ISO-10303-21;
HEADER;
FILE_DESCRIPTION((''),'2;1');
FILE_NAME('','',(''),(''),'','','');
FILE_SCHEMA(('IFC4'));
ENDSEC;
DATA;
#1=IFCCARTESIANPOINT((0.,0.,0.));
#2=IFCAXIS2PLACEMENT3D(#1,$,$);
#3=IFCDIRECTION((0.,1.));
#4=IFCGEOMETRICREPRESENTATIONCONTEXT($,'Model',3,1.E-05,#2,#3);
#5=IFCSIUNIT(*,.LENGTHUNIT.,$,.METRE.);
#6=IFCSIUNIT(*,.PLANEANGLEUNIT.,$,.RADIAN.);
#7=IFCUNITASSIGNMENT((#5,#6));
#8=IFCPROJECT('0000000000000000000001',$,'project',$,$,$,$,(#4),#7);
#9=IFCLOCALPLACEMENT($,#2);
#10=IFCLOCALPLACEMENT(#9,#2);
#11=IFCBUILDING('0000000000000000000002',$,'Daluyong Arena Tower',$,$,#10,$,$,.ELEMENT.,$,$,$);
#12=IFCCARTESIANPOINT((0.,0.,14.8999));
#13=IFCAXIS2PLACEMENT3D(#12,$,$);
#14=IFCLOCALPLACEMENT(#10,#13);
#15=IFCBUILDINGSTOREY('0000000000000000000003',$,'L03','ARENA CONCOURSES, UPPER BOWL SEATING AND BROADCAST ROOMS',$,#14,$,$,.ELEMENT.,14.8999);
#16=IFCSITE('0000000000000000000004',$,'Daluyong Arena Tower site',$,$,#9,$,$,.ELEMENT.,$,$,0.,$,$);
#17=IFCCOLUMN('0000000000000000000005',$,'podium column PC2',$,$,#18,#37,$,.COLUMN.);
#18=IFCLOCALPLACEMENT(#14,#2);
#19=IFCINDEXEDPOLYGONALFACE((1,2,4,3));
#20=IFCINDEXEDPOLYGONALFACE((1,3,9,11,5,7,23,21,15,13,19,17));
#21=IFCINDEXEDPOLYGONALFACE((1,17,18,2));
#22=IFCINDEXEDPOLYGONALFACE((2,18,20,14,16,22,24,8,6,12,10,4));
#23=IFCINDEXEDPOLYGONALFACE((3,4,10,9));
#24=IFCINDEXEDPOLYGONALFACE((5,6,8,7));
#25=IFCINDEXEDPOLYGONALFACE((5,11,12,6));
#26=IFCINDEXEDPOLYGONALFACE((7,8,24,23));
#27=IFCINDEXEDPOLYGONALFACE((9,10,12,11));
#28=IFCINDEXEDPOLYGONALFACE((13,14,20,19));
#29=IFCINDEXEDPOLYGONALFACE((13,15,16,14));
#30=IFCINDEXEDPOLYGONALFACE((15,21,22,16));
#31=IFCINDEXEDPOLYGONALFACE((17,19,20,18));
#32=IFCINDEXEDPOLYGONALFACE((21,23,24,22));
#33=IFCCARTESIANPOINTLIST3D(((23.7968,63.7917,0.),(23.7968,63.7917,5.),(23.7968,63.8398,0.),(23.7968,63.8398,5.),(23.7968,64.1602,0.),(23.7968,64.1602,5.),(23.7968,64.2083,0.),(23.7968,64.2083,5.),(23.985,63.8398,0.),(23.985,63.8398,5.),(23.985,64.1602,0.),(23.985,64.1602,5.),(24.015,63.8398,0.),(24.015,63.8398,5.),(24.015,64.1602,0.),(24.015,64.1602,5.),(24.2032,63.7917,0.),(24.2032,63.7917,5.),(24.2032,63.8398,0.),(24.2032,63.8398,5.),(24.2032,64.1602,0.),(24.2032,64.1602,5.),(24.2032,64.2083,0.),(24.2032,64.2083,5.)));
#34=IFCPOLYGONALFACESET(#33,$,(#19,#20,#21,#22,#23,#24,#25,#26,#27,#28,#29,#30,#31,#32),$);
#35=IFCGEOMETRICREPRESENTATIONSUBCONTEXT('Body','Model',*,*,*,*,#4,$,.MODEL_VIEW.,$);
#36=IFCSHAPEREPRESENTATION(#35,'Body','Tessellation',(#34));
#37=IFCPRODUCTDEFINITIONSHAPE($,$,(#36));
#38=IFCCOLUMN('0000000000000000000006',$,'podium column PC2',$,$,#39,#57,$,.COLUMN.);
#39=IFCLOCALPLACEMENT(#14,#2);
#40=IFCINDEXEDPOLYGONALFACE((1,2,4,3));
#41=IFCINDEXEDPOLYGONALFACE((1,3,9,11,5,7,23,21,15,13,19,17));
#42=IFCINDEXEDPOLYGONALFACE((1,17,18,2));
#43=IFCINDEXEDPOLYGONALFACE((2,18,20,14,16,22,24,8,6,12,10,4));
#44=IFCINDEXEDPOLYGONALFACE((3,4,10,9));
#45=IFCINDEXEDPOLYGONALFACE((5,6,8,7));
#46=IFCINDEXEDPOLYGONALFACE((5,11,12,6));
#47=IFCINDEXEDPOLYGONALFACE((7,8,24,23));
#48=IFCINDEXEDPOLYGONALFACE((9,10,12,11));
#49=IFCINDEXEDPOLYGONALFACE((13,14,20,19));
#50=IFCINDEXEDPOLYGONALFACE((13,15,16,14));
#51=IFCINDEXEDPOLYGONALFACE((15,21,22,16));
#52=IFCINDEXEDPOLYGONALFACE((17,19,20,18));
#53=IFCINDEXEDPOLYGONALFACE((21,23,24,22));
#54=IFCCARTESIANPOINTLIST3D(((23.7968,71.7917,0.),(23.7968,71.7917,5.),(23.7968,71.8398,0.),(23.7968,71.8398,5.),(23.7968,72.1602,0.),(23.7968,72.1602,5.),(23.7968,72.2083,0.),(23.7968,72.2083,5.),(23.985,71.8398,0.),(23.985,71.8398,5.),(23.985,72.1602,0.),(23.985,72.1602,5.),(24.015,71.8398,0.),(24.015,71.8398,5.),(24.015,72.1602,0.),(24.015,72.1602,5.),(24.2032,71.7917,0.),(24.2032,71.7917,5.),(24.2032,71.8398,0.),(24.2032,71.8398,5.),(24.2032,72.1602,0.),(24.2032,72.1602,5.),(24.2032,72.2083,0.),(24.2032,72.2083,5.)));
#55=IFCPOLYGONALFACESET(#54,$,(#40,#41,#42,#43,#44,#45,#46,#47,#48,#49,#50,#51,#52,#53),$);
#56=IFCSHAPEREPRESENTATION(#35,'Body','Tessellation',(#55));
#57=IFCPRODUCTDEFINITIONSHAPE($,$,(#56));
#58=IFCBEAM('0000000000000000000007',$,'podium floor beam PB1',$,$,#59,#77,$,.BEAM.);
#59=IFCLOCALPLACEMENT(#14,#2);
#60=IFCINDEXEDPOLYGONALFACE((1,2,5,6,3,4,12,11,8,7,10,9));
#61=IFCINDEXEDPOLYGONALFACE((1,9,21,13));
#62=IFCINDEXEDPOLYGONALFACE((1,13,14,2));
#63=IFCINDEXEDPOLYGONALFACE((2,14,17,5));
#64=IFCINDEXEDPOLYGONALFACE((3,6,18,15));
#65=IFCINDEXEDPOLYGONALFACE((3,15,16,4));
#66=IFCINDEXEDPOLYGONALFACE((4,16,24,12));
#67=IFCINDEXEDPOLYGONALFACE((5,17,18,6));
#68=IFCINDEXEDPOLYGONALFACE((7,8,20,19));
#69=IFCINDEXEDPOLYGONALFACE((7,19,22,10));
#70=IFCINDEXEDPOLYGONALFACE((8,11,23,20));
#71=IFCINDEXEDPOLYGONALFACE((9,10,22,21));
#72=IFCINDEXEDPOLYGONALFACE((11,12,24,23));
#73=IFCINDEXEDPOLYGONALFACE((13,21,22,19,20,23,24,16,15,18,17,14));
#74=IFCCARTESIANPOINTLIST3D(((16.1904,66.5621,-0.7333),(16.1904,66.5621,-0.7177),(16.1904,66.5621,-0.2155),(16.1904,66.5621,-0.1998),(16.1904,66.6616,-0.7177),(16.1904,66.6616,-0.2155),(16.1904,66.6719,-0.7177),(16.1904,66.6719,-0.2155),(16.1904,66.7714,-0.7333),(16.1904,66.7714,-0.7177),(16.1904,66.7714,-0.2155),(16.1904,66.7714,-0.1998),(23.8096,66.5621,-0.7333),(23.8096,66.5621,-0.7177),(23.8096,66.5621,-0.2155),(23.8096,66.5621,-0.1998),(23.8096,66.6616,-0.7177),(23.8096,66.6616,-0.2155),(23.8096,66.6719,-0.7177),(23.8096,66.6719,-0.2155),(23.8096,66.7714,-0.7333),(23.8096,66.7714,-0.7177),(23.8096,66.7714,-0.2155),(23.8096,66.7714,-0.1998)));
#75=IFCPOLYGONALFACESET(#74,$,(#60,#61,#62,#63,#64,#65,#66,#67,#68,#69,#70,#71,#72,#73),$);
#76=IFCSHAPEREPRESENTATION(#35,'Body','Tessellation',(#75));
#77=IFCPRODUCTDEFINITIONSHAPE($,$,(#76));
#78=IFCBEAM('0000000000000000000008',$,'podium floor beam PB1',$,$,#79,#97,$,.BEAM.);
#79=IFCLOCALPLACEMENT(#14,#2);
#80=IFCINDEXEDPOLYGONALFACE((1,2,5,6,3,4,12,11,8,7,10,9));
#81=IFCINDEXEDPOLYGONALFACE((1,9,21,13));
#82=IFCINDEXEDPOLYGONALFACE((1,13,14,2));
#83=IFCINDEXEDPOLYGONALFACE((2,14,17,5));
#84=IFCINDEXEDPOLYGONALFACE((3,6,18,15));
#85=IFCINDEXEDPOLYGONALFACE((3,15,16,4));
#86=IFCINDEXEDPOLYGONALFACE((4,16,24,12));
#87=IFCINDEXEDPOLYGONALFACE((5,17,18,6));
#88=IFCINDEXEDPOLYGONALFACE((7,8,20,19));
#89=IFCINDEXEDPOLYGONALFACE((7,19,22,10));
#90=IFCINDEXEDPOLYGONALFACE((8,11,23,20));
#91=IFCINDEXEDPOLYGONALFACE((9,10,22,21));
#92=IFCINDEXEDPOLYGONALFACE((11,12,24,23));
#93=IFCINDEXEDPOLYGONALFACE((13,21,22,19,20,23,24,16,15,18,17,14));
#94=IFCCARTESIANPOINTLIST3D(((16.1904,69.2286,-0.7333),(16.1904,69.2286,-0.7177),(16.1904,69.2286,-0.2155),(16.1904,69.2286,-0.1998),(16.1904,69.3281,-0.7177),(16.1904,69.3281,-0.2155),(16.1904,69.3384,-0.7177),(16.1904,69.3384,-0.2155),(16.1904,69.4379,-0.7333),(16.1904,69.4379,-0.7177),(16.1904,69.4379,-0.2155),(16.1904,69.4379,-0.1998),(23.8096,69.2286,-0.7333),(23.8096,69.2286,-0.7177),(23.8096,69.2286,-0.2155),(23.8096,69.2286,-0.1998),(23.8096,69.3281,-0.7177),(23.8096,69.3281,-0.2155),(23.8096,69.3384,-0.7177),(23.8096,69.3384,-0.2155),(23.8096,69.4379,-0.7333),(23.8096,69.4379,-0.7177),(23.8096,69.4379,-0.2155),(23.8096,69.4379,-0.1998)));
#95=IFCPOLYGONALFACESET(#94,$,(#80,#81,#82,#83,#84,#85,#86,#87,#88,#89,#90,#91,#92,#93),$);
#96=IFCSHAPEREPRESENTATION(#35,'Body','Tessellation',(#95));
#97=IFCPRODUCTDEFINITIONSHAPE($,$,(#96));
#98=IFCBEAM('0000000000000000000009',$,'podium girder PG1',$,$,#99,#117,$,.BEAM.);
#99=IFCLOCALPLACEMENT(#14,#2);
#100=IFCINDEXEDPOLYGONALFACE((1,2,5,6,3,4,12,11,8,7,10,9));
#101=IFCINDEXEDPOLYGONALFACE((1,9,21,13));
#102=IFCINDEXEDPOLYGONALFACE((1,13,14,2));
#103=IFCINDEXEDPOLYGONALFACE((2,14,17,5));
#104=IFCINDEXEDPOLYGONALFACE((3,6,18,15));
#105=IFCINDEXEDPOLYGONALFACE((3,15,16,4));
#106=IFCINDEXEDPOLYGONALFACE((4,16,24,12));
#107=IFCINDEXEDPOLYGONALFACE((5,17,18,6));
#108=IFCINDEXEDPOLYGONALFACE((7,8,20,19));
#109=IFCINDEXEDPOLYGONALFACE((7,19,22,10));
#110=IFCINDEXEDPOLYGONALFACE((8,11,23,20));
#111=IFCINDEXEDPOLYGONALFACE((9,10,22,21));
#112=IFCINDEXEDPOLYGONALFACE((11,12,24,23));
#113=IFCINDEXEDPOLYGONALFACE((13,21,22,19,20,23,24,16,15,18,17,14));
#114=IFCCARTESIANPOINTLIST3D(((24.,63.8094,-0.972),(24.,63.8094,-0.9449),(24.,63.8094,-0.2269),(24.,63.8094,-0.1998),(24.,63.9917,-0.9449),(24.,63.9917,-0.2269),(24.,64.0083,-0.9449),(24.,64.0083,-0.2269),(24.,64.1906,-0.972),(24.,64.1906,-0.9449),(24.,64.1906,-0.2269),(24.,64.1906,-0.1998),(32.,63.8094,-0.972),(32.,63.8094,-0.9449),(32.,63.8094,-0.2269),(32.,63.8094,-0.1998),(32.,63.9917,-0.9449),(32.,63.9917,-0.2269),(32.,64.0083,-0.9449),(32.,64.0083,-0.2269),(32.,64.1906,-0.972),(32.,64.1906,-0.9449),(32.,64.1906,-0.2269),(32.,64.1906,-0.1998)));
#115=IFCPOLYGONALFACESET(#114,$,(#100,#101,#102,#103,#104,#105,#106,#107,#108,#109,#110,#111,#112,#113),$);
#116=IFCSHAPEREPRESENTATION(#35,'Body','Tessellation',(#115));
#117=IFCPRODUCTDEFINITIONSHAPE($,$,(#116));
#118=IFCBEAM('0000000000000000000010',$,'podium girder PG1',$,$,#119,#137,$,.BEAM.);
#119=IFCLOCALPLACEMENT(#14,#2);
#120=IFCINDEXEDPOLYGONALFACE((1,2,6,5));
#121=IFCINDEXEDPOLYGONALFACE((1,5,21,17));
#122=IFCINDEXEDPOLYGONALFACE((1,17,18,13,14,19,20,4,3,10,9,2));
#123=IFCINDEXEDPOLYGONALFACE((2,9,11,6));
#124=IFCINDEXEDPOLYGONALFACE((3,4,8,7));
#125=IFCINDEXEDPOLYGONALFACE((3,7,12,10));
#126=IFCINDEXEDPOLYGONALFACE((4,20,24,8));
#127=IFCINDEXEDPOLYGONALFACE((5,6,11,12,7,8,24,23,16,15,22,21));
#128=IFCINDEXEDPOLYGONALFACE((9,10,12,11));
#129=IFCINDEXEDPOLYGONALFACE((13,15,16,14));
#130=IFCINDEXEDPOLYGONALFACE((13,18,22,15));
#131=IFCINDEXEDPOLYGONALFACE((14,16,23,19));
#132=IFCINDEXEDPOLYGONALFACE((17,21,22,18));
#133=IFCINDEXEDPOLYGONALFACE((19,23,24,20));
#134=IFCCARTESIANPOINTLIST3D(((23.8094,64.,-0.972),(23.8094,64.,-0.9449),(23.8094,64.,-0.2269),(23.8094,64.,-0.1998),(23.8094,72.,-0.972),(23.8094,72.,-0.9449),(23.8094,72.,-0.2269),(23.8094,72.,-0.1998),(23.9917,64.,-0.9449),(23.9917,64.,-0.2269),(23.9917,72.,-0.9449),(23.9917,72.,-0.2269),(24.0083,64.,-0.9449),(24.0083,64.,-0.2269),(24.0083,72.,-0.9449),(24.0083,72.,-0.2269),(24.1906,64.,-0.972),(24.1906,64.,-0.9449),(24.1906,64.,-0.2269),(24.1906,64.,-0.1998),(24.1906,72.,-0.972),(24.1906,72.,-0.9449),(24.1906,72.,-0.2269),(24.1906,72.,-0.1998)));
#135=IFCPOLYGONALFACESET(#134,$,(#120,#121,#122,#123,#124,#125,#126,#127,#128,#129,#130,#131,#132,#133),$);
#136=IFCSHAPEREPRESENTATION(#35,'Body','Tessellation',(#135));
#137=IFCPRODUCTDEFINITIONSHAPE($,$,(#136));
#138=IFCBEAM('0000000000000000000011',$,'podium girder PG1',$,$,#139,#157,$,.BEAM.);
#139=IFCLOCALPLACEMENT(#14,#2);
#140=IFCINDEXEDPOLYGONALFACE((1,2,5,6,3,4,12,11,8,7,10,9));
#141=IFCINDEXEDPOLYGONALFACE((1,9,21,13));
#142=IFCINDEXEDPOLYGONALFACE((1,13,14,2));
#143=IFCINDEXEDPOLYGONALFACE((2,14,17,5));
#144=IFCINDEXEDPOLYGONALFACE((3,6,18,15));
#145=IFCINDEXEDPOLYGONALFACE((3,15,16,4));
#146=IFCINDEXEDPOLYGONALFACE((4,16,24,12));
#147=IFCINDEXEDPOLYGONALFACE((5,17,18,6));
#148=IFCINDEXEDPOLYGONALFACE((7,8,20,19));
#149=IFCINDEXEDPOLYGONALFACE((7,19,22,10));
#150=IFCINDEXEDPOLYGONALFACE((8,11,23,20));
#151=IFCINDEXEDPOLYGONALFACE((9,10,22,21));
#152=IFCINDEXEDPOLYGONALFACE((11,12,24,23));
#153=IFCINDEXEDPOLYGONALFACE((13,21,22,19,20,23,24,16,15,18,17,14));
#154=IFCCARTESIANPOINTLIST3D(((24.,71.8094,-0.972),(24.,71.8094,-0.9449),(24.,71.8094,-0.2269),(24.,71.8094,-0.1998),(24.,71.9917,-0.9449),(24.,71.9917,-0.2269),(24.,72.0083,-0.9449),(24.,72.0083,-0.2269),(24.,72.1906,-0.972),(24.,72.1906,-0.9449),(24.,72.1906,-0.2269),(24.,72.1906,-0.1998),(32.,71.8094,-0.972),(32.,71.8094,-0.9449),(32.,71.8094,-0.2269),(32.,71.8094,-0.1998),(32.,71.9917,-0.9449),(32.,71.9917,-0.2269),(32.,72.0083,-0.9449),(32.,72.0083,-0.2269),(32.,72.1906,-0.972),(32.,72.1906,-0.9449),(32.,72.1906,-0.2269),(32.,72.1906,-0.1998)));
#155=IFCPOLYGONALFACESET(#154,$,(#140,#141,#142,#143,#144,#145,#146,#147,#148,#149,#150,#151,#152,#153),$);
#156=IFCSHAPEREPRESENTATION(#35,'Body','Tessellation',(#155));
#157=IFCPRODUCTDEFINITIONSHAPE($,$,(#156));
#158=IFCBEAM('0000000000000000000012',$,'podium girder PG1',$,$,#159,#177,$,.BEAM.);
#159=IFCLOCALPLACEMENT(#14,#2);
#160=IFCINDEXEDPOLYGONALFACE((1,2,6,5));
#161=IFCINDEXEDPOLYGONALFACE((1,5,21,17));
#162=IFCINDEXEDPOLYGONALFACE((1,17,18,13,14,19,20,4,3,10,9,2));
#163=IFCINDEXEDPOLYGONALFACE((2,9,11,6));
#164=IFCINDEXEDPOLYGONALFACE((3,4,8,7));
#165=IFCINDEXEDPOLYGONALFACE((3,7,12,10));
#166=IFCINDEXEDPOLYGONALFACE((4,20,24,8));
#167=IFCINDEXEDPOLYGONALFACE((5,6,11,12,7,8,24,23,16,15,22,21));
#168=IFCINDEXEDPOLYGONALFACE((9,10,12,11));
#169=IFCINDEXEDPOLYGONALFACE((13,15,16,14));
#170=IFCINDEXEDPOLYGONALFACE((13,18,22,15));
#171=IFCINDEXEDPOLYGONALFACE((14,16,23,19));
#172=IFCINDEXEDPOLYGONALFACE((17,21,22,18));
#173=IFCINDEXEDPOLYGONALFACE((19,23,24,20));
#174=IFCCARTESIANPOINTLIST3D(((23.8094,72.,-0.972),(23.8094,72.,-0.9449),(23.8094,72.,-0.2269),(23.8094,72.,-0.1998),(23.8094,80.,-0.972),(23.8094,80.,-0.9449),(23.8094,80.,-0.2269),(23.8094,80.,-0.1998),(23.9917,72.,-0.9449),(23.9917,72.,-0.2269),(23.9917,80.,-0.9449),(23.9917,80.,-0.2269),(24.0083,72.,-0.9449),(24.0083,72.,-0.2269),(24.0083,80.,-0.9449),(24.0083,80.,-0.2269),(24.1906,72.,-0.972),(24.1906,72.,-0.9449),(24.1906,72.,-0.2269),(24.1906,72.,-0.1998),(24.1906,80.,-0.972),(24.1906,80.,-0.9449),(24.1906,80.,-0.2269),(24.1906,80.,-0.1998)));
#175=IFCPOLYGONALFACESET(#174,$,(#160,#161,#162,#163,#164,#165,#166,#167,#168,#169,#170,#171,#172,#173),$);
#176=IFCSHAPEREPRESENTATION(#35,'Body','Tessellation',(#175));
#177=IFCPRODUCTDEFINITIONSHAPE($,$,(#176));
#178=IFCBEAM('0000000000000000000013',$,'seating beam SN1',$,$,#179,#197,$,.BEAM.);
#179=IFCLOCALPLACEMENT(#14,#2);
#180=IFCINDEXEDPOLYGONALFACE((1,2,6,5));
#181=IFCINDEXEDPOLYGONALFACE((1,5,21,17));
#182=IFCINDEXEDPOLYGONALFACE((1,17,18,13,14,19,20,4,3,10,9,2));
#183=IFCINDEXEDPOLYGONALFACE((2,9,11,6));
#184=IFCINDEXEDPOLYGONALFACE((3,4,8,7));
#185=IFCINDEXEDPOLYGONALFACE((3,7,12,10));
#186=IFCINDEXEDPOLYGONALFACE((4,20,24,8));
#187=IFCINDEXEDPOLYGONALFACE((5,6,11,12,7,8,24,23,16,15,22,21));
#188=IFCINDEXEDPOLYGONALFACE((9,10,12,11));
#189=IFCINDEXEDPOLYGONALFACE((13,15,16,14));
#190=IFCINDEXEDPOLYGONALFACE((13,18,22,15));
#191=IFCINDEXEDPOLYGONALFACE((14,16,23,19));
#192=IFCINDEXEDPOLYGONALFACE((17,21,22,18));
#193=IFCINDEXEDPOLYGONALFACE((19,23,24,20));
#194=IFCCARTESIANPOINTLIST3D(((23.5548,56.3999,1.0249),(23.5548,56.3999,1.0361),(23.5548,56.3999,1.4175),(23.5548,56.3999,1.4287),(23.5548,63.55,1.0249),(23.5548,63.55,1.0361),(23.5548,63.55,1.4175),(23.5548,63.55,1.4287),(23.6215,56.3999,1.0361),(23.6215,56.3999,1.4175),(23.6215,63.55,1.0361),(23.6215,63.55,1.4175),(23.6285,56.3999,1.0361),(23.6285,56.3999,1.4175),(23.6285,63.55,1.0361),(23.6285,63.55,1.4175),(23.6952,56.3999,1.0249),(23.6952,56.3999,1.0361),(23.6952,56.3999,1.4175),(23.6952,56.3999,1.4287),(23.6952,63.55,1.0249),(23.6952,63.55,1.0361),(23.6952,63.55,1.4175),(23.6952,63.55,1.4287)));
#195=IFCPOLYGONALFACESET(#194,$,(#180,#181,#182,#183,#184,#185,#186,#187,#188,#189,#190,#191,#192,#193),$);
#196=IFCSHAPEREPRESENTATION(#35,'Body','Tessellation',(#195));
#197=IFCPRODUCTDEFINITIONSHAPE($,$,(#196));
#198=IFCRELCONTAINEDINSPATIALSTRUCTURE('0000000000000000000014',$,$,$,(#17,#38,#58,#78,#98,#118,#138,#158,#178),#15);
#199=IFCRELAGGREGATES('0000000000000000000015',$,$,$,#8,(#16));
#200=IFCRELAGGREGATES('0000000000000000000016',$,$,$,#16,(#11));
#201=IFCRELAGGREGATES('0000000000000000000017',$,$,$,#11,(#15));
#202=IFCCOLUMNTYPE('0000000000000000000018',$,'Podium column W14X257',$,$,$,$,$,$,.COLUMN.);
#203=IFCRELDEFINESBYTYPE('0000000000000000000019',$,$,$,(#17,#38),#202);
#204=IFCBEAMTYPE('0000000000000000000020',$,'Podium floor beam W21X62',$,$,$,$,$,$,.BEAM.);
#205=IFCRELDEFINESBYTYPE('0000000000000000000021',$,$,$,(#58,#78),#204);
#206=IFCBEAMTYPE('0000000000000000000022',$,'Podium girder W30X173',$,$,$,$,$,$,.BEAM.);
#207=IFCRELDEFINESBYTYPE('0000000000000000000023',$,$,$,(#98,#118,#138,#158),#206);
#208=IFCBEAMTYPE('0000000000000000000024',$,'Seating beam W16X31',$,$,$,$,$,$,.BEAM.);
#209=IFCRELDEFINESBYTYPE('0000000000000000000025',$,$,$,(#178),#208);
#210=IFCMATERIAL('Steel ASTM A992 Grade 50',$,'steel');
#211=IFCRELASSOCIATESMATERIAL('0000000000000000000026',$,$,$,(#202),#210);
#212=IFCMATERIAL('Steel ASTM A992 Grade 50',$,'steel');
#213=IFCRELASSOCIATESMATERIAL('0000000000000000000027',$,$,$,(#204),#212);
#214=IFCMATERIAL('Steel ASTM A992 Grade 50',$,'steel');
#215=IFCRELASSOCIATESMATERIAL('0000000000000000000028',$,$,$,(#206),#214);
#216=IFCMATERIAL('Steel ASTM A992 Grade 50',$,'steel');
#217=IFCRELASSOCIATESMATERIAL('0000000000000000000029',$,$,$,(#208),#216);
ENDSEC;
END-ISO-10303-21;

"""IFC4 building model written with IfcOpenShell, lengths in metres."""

from ifc_helpers import new_model, si_unit, direction, frame, origin, origin_2d, place, context, subcontext, project, spatial, i_section, extrude, material, material_profile, profile_set, type_object, element, save


model = new_model("IFC4")

# Units and contexts
model_context = context("Model", 3, precision=1e-05, world=origin(), true_north=direction((0.0, 1.0)))
body_context = subcontext(model_context, "Body", "Model", "MODEL_VIEW")
ifc_project = project(units=[si_unit("LENGTHUNIT", "METRE"), si_unit("PLANEANGLEUNIT", "RADIAN")], contexts=[model_context])

# Site, building, storey
site_placement = place(None, origin())
site = spatial("IfcSite", under=ifc_project, at=site_placement, Name="Daluyong Arena Tower site", CompositionType="ELEMENT", RefElevation=0.0)
building_placement = place(site_placement, origin())
building = spatial("IfcBuilding", under=site, at=building_placement, Name="Daluyong Arena Tower", CompositionType="ELEMENT")
storey_placement = place(building_placement, frame((0.0, 0.0, 14.8999)))
storey = spatial("IfcBuildingStorey", under=building, at=storey_placement, Name="L03", Description="ARENA CONCOURSES, UPPER BOWL SEATING AND BROADCAST ROOMS", CompositionType="ELEMENT", Elevation=14.8999)

# Columns
ifc_material_1 = material(Name="Steel ASTM A992 Grade 50", Category="steel")
ifc_material_profile_1 = material_profile(ifc_material_1, i_section(OverallWidth=0.4065, OverallDepth=0.4165, WebThickness=0.03, FlangeThickness=0.0481, at=origin_2d()))
ifc_profile_set_1 = profile_set([ifc_material_profile_1], Name="Steel ASTM A992 Grade 50")
column_type = type_object("IfcColumnType", Name="Podium column W14X257", PredefinedType="COLUMN", material=ifc_profile_set_1)
for number, where, z_axis, x_axis, name in (
    (1, (24.0, 64.0, 0.0), (0.0, 0.0, 1.0), (1.0, 0.0, 0.0), "podium column PC2"),
    (2, (24.0, 72.0, 0.0), (0.0, 0.0, 1.0), (1.0, 0.0, 0.0), "podium column PC2"),
):
    element("IfcColumn", number, at=place(storey_placement, frame(where, z_axis=z_axis, x_axis=x_axis)), inside=storey, type_object=column_type, Name=name, PredefinedType="COLUMN", context=body_context, shape_type="SweptSolid", body=[
        extrude(i_section(OverallWidth=0.4065, OverallDepth=0.4165, WebThickness=0.03, FlangeThickness=0.0481, at=origin_2d()), origin(), (0.0, 0.0, 1.0), 5.0),
    ])

# Beams
ifc_material_2 = material(Name="Steel ASTM A992 Grade 50", Category="steel")
ifc_material_profile_2 = material_profile(ifc_material_2, i_section(OverallWidth=0.2092, OverallDepth=0.5334, WebThickness=0.0103, FlangeThickness=0.0156, at=origin_2d()))
ifc_profile_set_2 = profile_set([ifc_material_profile_2], Name="Steel ASTM A992 Grade 50")
beam_type_1 = type_object("IfcBeamType", Name="Podium floor beam W21X62", PredefinedType="BEAM", material=ifc_profile_set_2)
for number, where, z_axis, x_axis, name in (
    (3, (16.1904, 66.6667, -0.4666), (1.0, 0.0, 0.0), (0.0, 1.0, 0.0), "podium floor beam PB1"),
    (4, (16.1904, 69.3333, -0.4666), (1.0, 0.0, 0.0), (0.0, 1.0, 0.0), "podium floor beam PB1"),
):
    element("IfcBeam", number, at=place(storey_placement, frame(where, z_axis=z_axis, x_axis=x_axis)), inside=storey, type_object=beam_type_1, Name=name, PredefinedType="BEAM", context=body_context, shape_type="SweptSolid", body=[
        extrude(i_section(OverallWidth=0.2092, OverallDepth=0.5334, WebThickness=0.0103, FlangeThickness=0.0156, at=origin_2d()), origin(), (0.0, 0.0, 1.0), 7.6191),
    ])
ifc_material_3 = material(Name="Steel ASTM A992 Grade 50", Category="steel")
ifc_material_profile_3 = material_profile(ifc_material_3, i_section(OverallWidth=0.3811, OverallDepth=0.7722, WebThickness=0.0166, FlangeThickness=0.0271, at=origin_2d()))
ifc_profile_set_3 = profile_set([ifc_material_profile_3], Name="Steel ASTM A992 Grade 50")
beam_type_2 = type_object("IfcBeamType", Name="Podium girder W30X173", PredefinedType="BEAM", material=ifc_profile_set_3)
for number, where, z_axis, x_axis, name in (
    (5, (24.0, 64.0, -0.5859), (1.0, 0.0, 0.0), (0.0, 1.0, 0.0), "podium girder PG1"),
    (6, (24.0, 64.0, -0.5859), (0.0, 1.0, 0.0), (-1.0, 0.0, 0.0), "podium girder PG1"),
    (7, (24.0, 72.0, -0.5859), (1.0, 0.0, 0.0), (0.0, 1.0, 0.0), "podium girder PG1"),
    (8, (24.0, 72.0, -0.5859), (0.0, 1.0, 0.0), (-1.0, 0.0, 0.0), "podium girder PG1"),
):
    element("IfcBeam", number, at=place(storey_placement, frame(where, z_axis=z_axis, x_axis=x_axis)), inside=storey, type_object=beam_type_2, Name=name, PredefinedType="BEAM", context=body_context, shape_type="SweptSolid", body=[
        extrude(i_section(OverallWidth=0.3811, OverallDepth=0.7722, WebThickness=0.0166, FlangeThickness=0.0271, at=origin_2d()), origin(), (0.0, 0.0, 1.0), 8.0),
    ])
ifc_material_4 = material(Name="Steel ASTM A992 Grade 50", Category="steel")
ifc_material_profile_4 = material_profile(ifc_material_4, i_section(OverallWidth=0.1404, OverallDepth=0.4038, WebThickness=0.0071, FlangeThickness=0.0112, at=origin_2d()))
ifc_profile_set_4 = profile_set([ifc_material_profile_4], Name="Steel ASTM A992 Grade 50")
beam_type_3 = type_object("IfcBeamType", Name="Seating beam W16X31", PredefinedType="BEAM", material=ifc_profile_set_4)
for number, where, z_axis, x_axis, name in (
    (9, (23.625, 56.3999, 1.2268), (0.0, 1.0, 0.0), (-1.0, 0.0, 0.0), "seating beam SN1"),
):
    element("IfcBeam", number, at=place(storey_placement, frame(where, z_axis=z_axis, x_axis=x_axis)), inside=storey, type_object=beam_type_3, Name=name, PredefinedType="BEAM", context=body_context, shape_type="SweptSolid", body=[
        extrude(i_section(OverallWidth=0.1404, OverallDepth=0.4038, WebThickness=0.0071, FlangeThickness=0.0112, at=origin_2d()), origin(), (0.0, 0.0, 1.0), 7.1501),
    ])

save(model, "model.ifc")
